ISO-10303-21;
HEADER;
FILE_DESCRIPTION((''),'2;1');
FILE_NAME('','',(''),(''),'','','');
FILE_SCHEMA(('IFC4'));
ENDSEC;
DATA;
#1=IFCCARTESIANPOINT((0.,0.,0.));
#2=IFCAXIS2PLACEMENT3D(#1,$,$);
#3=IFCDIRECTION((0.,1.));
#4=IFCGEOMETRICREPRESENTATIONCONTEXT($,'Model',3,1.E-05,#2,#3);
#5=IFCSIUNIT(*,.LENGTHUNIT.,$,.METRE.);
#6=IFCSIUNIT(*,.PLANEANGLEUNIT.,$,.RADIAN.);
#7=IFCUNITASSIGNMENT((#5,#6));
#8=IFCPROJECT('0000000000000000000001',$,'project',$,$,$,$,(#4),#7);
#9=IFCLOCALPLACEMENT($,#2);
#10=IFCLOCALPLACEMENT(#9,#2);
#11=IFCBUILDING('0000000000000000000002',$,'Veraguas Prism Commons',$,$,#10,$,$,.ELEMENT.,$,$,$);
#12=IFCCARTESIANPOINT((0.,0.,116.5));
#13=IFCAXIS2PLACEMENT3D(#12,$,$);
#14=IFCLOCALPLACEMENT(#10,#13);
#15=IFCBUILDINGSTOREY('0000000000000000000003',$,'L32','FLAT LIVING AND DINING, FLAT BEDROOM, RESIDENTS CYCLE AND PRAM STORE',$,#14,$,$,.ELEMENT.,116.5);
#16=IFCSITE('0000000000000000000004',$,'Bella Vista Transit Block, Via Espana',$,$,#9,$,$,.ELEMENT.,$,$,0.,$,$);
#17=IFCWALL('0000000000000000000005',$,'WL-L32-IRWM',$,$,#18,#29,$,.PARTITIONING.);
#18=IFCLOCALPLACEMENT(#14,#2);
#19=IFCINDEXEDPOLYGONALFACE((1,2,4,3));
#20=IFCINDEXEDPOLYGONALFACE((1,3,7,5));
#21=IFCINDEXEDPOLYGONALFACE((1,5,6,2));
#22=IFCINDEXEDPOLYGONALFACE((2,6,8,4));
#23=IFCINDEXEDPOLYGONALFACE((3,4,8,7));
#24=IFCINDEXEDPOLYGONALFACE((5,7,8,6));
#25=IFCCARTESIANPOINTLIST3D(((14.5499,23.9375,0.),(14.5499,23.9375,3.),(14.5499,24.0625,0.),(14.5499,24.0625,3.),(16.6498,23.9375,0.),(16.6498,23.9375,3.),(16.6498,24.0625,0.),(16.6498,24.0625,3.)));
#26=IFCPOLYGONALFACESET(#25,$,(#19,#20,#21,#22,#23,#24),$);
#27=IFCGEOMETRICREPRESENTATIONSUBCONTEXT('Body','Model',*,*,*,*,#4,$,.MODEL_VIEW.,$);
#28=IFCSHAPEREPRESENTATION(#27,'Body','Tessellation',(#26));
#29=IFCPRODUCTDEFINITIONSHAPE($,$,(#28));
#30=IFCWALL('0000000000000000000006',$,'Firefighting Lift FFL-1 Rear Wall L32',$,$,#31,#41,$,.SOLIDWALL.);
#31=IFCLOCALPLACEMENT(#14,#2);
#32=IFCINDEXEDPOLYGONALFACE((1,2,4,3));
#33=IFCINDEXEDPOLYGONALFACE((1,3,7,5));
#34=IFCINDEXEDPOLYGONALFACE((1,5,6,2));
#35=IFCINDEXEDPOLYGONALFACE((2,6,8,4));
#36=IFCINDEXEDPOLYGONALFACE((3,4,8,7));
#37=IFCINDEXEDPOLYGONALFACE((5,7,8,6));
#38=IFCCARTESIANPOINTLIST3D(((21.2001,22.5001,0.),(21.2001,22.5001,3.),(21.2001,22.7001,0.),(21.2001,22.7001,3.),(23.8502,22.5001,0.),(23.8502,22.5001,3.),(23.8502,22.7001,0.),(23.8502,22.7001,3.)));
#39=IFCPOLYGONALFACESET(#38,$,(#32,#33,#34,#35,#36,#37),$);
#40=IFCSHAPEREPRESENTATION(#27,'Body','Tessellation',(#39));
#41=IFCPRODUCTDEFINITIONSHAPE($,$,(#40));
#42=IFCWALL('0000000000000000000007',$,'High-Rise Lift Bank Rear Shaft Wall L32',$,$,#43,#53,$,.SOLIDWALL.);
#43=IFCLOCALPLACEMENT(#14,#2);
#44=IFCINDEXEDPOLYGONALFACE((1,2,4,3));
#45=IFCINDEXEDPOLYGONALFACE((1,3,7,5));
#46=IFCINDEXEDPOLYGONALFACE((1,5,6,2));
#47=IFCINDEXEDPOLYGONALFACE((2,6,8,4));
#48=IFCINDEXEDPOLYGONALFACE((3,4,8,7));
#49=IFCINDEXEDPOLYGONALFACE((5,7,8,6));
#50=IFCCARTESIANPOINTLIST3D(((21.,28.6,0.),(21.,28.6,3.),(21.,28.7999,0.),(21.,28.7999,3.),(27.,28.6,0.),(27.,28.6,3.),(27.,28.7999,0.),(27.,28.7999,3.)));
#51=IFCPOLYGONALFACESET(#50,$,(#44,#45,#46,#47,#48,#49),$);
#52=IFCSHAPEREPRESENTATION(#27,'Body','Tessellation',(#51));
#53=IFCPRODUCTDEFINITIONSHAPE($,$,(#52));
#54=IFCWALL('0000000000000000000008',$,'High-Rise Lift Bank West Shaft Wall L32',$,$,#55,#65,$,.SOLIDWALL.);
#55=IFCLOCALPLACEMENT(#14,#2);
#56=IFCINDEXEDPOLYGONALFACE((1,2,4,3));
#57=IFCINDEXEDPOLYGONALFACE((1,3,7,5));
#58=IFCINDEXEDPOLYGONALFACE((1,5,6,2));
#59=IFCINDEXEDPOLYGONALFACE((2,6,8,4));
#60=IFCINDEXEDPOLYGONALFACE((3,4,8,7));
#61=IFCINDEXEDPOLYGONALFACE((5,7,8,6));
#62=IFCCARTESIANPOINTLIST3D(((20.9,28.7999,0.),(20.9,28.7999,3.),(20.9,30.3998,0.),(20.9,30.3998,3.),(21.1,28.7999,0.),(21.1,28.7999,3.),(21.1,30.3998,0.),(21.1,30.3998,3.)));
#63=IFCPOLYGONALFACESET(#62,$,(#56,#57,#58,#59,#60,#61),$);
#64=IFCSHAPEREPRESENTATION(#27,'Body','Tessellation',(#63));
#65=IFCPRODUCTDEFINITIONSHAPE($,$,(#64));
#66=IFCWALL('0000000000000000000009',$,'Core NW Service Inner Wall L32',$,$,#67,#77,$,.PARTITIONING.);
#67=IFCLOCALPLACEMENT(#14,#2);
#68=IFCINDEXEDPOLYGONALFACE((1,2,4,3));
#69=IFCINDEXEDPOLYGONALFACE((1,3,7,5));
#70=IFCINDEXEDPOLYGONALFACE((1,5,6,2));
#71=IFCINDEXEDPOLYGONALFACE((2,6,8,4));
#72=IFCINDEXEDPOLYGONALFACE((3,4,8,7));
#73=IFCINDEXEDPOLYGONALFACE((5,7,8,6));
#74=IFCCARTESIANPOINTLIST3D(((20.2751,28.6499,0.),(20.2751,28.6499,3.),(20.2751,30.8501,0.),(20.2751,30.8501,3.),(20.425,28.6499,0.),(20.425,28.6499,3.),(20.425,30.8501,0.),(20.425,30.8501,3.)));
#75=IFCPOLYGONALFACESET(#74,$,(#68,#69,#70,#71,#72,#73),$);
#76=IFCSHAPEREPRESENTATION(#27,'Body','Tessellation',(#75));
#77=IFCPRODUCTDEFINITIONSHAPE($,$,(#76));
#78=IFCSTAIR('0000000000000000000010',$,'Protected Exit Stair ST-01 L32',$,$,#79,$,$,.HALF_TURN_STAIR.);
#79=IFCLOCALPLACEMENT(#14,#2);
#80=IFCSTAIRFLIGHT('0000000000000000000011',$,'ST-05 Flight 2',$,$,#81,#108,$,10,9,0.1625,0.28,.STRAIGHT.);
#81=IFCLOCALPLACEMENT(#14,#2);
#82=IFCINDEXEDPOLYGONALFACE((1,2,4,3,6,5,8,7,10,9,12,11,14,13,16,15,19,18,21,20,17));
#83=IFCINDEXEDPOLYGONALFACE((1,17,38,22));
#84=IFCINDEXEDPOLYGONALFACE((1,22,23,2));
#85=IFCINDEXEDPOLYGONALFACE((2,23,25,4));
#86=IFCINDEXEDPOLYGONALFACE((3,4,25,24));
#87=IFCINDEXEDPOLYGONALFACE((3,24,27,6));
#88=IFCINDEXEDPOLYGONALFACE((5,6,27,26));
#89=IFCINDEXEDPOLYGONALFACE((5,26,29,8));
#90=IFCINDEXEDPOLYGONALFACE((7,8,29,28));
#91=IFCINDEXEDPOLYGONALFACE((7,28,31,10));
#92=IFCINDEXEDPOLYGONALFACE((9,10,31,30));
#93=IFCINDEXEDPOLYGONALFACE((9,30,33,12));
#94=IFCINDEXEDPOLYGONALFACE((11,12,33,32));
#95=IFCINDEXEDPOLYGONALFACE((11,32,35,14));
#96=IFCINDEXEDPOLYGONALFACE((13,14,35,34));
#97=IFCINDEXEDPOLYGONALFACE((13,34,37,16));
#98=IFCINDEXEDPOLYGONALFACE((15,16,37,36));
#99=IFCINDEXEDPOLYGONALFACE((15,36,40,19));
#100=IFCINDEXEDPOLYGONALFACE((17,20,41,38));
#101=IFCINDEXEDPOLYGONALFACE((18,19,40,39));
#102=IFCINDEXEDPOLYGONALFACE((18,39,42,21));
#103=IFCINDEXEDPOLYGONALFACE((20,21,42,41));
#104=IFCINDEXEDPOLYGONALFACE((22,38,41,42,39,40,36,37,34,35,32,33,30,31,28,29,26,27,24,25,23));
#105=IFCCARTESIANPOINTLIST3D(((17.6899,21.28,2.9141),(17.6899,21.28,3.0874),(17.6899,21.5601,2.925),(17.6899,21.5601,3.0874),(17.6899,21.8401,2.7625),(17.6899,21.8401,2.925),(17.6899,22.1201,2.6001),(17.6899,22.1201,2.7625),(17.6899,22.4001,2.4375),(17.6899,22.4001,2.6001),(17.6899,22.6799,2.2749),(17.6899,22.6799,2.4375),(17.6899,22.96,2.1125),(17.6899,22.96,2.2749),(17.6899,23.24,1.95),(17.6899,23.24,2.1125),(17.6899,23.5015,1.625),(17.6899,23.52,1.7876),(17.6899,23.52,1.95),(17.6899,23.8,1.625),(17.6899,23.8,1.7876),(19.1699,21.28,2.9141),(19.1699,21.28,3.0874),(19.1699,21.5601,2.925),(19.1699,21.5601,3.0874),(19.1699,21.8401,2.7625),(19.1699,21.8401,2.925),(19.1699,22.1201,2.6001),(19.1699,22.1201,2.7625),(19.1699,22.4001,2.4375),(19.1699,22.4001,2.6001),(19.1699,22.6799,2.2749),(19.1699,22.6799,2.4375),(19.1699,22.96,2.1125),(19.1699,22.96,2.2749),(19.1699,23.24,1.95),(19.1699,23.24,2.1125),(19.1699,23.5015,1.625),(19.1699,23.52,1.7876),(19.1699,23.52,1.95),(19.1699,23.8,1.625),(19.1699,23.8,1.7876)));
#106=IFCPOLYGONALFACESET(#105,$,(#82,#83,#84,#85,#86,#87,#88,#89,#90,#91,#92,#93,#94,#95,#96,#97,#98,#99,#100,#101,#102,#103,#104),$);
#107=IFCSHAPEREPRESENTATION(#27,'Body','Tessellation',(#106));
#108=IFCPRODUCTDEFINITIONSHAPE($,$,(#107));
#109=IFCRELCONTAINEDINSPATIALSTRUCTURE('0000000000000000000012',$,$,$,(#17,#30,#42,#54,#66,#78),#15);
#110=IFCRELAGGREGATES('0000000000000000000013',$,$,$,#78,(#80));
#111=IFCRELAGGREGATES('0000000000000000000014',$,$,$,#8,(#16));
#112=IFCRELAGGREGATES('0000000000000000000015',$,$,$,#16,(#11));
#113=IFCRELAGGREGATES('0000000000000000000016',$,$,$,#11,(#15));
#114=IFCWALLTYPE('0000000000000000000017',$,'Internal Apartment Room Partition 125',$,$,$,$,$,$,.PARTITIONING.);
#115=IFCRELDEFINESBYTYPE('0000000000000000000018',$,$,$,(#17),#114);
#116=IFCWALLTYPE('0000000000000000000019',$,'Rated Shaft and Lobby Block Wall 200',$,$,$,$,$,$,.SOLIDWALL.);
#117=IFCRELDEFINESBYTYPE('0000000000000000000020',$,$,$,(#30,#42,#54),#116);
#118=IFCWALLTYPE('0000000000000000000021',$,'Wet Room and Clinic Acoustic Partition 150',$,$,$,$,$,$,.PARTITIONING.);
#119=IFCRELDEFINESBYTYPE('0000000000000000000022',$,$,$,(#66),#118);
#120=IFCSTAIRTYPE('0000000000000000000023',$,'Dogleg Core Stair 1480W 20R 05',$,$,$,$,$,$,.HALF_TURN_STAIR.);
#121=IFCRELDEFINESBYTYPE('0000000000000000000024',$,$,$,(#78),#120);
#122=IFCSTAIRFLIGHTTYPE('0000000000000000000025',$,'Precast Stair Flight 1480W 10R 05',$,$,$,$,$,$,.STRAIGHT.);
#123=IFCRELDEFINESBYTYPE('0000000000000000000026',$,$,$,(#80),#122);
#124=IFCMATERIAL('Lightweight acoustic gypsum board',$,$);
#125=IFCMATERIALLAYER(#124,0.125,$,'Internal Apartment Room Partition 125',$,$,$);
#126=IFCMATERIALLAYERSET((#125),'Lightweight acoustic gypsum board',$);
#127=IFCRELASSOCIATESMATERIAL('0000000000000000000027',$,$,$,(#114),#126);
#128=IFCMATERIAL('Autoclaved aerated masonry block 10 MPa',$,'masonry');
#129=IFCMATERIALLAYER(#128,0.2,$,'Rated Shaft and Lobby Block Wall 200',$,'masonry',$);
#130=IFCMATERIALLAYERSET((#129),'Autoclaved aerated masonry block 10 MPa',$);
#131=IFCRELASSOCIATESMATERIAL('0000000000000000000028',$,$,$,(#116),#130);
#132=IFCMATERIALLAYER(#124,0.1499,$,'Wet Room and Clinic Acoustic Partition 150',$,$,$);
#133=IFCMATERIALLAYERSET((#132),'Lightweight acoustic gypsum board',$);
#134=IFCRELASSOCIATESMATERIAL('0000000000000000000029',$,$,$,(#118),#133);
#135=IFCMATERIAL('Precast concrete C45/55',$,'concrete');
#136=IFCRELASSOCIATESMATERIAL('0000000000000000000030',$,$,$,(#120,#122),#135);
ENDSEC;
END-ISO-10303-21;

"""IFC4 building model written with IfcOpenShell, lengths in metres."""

from ifc_helpers import new_model, si_unit, direction, frame, frame_2d, origin, place, context, subcontext, project, spatial, polyline, rectangle, outline, extrude, material, layer, layer_set, type_object, element, aggregate, save


model = new_model("IFC4")

# Units and contexts
model_context = context("Model", 3, precision=1e-05, world=origin(), true_north=direction((0.0, 1.0)))
body_context = subcontext(model_context, "Body", "Model", "MODEL_VIEW")
ifc_project = project(units=[si_unit("LENGTHUNIT", "METRE"), si_unit("PLANEANGLEUNIT", "RADIAN")], contexts=[model_context])

# Site, building, storey
site_placement = place(None, origin())
site = spatial("IfcSite", under=ifc_project, at=site_placement, Name="Bella Vista Transit Block, Via Espana", CompositionType="ELEMENT", RefElevation=0.0)
building_placement = place(site_placement, origin())
building = spatial("IfcBuilding", under=site, at=building_placement, Name="Veraguas Prism Commons", CompositionType="ELEMENT")
storey_placement = place(building_placement, frame((0.0, 0.0, 116.5)))
storey = spatial("IfcBuildingStorey", under=building, at=storey_placement, Name="L32", Description="FLAT LIVING AND DINING, FLAT BEDROOM, RESIDENTS CYCLE AND PRAM STORE", CompositionType="ELEMENT", Elevation=116.5)

# Shared definitions
ifc_material_1 = material(Name="Autoclaved aerated masonry block 10 MPa", Category="masonry")

# Walls
ifc_material_2 = material(Name="Lightweight acoustic gypsum board")
ifc_layer_1 = layer(ifc_material_2, 0.125, Name="Internal Apartment Room Partition 125")
ifc_layer_set_1 = layer_set([ifc_layer_1], Name="Lightweight acoustic gypsum board")
wall_type_1 = type_object("IfcWallType", Name="Internal Apartment Room Partition 125", PredefinedType="PARTITIONING", material=ifc_layer_set_1)
wall_1_placement = place(storey_placement, frame((14.55, 24.0, 0.0), z_axis=(0.0, 0.0, 1.0), x_axis=(1.0, 0.0, 0.0)))
element("IfcWall", 1, at=wall_1_placement, inside=storey, type_object=wall_type_1, Name="WL-L32-IRWM", PredefinedType="PARTITIONING", context=body_context, shape_type="SweptSolid", body=[
    extrude(rectangle(XDim=2.0999, YDim=0.125, at=frame_2d((1.0498, 0.0))), origin(), (0.0, 0.0, 1.0), 3.0),
])
ifc_layer_2 = layer(ifc_material_1, 0.2, Name="Rated Shaft and Lobby Block Wall 200", Category="masonry")
ifc_layer_set_2 = layer_set([ifc_layer_2], Name="Autoclaved aerated masonry block 10 MPa")
wall_type_2 = type_object("IfcWallType", Name="Rated Shaft and Lobby Block Wall 200", PredefinedType="SOLIDWALL", material=ifc_layer_set_2)
wall_2_placement = place(storey_placement, frame((21.2, 22.6001, 0.0), z_axis=(0.0, 0.0, 1.0), x_axis=(1.0, 0.0, 0.0)))
element("IfcWall", 2, at=wall_2_placement, inside=storey, type_object=wall_type_2, Name="Firefighting Lift FFL-1 Rear Wall L32", PredefinedType="SOLIDWALL", context=body_context, shape_type="SweptSolid", body=[
    extrude(rectangle(XDim=2.6501, YDim=0.2, at=frame_2d((1.3252, 0.0))), origin(), (0.0, 0.0, 1.0), 3.0),
])
wall_3_placement = place(storey_placement, frame((21.0, 28.7, 0.0), z_axis=(0.0, 0.0, 1.0), x_axis=(1.0, 0.0, 0.0)))
element("IfcWall", 3, at=wall_3_placement, inside=storey, type_object=wall_type_2, Name="High-Rise Lift Bank Rear Shaft Wall L32", PredefinedType="SOLIDWALL", context=body_context, shape_type="SweptSolid", body=[
    extrude(rectangle(XDim=6.0, YDim=0.2, at=frame_2d((3.0, 0.0))), origin(), (0.0, 0.0, 1.0), 3.0),
])
wall_4_placement = place(storey_placement, frame((21.0, 28.8, 0.0), z_axis=(0.0, 0.0, 1.0), x_axis=(0.0, 1.0, 0.0)))
element("IfcWall", 4, at=wall_4_placement, inside=storey, type_object=wall_type_2, Name="High-Rise Lift Bank West Shaft Wall L32", PredefinedType="SOLIDWALL", context=body_context, shape_type="SweptSolid", body=[
    extrude(rectangle(XDim=1.5999, YDim=0.2, at=frame_2d((0.7998, 0.0))), origin(), (0.0, 0.0, 1.0), 3.0),
])
ifc_layer_3 = layer(ifc_material_2, 0.1499, Name="Wet Room and Clinic Acoustic Partition 150")
ifc_layer_set_3 = layer_set([ifc_layer_3], Name="Lightweight acoustic gypsum board")
wall_type_3 = type_object("IfcWallType", Name="Wet Room and Clinic Acoustic Partition 150", PredefinedType="PARTITIONING", material=ifc_layer_set_3)
wall_5_placement = place(storey_placement, frame((20.3501, 28.6499, 0.0), z_axis=(0.0, 0.0, 1.0), x_axis=(0.0, 1.0, 0.0)))
element("IfcWall", 5, at=wall_5_placement, inside=storey, type_object=wall_type_3, Name="Core NW Service Inner Wall L32", PredefinedType="PARTITIONING", context=body_context, shape_type="SweptSolid", body=[
    extrude(rectangle(XDim=2.2002, YDim=0.1499, at=frame_2d((1.1001, 0.0))), origin(), (0.0, 0.0, 1.0), 3.0),
])

# Stair, stair flight
ifc_material_3 = material(Name="Precast concrete C45/55", Category="concrete")
stair_type = type_object("IfcStairType", Name="Dogleg Core Stair 1480W 20R 05", PredefinedType="HALF_TURN_STAIR", material=ifc_material_3)
stair_placement = place(storey_placement, origin())
stair = element("IfcStair", 6, at=stair_placement, inside=storey, type_object=stair_type, Name="Protected Exit Stair ST-01 L32", PredefinedType="HALF_TURN_STAIR")
stair_flight_type = type_object("IfcStairFlightType", Name="Precast Stair Flight 1480W 10R 05", PredefinedType="STRAIGHT", material=ifc_material_3)
stair_flight_placement = place(storey_placement, frame((18.4299, 23.8, 1.625), z_axis=(0.0, 0.0, 1.0), x_axis=(0.0, -1.0, 0.0)))
stair_flight = element("IfcStairFlight", 7, at=stair_flight_placement, type_object=stair_flight_type, Name="ST-05 Flight 2", NumberOfRisers=10, NumberOfTreads=9, PredefinedType="STRAIGHT", RiserHeight=0.1625, TreadLength=0.28, context=body_context, shape_type="SweptSolid", body=[
    extrude(outline(polyline([(0.0, 0.0), (0.0, 0.1626), (0.28, 0.1626), (0.28, 0.325), (0.5601, 0.325), (0.5601, 0.4875), (0.8401, 0.4875), (0.8401, 0.6499), (1.1201, 0.6499), (1.1201, 0.8125), (1.3999, 0.8125), (1.3999, 0.9751), (1.6799, 0.9751), (1.6799, 1.1375), (1.96, 1.1375), (1.96, 1.3), (2.24, 1.3), (2.24, 1.4624), (2.52, 1.4624), (2.52, 1.625), (2.52, 1.2891), (0.2986, 0.0), (0.0, 0.0)])), frame((0.0, 0.74, 0.0), z_axis=(0.0, -1.0, 0.0), x_axis=(1.0, 0.0, 0.0)), (0.0, 0.0, 1.0), 1.48),
])
aggregate(stair, [stair_flight])

save(model, "model.ifc")
